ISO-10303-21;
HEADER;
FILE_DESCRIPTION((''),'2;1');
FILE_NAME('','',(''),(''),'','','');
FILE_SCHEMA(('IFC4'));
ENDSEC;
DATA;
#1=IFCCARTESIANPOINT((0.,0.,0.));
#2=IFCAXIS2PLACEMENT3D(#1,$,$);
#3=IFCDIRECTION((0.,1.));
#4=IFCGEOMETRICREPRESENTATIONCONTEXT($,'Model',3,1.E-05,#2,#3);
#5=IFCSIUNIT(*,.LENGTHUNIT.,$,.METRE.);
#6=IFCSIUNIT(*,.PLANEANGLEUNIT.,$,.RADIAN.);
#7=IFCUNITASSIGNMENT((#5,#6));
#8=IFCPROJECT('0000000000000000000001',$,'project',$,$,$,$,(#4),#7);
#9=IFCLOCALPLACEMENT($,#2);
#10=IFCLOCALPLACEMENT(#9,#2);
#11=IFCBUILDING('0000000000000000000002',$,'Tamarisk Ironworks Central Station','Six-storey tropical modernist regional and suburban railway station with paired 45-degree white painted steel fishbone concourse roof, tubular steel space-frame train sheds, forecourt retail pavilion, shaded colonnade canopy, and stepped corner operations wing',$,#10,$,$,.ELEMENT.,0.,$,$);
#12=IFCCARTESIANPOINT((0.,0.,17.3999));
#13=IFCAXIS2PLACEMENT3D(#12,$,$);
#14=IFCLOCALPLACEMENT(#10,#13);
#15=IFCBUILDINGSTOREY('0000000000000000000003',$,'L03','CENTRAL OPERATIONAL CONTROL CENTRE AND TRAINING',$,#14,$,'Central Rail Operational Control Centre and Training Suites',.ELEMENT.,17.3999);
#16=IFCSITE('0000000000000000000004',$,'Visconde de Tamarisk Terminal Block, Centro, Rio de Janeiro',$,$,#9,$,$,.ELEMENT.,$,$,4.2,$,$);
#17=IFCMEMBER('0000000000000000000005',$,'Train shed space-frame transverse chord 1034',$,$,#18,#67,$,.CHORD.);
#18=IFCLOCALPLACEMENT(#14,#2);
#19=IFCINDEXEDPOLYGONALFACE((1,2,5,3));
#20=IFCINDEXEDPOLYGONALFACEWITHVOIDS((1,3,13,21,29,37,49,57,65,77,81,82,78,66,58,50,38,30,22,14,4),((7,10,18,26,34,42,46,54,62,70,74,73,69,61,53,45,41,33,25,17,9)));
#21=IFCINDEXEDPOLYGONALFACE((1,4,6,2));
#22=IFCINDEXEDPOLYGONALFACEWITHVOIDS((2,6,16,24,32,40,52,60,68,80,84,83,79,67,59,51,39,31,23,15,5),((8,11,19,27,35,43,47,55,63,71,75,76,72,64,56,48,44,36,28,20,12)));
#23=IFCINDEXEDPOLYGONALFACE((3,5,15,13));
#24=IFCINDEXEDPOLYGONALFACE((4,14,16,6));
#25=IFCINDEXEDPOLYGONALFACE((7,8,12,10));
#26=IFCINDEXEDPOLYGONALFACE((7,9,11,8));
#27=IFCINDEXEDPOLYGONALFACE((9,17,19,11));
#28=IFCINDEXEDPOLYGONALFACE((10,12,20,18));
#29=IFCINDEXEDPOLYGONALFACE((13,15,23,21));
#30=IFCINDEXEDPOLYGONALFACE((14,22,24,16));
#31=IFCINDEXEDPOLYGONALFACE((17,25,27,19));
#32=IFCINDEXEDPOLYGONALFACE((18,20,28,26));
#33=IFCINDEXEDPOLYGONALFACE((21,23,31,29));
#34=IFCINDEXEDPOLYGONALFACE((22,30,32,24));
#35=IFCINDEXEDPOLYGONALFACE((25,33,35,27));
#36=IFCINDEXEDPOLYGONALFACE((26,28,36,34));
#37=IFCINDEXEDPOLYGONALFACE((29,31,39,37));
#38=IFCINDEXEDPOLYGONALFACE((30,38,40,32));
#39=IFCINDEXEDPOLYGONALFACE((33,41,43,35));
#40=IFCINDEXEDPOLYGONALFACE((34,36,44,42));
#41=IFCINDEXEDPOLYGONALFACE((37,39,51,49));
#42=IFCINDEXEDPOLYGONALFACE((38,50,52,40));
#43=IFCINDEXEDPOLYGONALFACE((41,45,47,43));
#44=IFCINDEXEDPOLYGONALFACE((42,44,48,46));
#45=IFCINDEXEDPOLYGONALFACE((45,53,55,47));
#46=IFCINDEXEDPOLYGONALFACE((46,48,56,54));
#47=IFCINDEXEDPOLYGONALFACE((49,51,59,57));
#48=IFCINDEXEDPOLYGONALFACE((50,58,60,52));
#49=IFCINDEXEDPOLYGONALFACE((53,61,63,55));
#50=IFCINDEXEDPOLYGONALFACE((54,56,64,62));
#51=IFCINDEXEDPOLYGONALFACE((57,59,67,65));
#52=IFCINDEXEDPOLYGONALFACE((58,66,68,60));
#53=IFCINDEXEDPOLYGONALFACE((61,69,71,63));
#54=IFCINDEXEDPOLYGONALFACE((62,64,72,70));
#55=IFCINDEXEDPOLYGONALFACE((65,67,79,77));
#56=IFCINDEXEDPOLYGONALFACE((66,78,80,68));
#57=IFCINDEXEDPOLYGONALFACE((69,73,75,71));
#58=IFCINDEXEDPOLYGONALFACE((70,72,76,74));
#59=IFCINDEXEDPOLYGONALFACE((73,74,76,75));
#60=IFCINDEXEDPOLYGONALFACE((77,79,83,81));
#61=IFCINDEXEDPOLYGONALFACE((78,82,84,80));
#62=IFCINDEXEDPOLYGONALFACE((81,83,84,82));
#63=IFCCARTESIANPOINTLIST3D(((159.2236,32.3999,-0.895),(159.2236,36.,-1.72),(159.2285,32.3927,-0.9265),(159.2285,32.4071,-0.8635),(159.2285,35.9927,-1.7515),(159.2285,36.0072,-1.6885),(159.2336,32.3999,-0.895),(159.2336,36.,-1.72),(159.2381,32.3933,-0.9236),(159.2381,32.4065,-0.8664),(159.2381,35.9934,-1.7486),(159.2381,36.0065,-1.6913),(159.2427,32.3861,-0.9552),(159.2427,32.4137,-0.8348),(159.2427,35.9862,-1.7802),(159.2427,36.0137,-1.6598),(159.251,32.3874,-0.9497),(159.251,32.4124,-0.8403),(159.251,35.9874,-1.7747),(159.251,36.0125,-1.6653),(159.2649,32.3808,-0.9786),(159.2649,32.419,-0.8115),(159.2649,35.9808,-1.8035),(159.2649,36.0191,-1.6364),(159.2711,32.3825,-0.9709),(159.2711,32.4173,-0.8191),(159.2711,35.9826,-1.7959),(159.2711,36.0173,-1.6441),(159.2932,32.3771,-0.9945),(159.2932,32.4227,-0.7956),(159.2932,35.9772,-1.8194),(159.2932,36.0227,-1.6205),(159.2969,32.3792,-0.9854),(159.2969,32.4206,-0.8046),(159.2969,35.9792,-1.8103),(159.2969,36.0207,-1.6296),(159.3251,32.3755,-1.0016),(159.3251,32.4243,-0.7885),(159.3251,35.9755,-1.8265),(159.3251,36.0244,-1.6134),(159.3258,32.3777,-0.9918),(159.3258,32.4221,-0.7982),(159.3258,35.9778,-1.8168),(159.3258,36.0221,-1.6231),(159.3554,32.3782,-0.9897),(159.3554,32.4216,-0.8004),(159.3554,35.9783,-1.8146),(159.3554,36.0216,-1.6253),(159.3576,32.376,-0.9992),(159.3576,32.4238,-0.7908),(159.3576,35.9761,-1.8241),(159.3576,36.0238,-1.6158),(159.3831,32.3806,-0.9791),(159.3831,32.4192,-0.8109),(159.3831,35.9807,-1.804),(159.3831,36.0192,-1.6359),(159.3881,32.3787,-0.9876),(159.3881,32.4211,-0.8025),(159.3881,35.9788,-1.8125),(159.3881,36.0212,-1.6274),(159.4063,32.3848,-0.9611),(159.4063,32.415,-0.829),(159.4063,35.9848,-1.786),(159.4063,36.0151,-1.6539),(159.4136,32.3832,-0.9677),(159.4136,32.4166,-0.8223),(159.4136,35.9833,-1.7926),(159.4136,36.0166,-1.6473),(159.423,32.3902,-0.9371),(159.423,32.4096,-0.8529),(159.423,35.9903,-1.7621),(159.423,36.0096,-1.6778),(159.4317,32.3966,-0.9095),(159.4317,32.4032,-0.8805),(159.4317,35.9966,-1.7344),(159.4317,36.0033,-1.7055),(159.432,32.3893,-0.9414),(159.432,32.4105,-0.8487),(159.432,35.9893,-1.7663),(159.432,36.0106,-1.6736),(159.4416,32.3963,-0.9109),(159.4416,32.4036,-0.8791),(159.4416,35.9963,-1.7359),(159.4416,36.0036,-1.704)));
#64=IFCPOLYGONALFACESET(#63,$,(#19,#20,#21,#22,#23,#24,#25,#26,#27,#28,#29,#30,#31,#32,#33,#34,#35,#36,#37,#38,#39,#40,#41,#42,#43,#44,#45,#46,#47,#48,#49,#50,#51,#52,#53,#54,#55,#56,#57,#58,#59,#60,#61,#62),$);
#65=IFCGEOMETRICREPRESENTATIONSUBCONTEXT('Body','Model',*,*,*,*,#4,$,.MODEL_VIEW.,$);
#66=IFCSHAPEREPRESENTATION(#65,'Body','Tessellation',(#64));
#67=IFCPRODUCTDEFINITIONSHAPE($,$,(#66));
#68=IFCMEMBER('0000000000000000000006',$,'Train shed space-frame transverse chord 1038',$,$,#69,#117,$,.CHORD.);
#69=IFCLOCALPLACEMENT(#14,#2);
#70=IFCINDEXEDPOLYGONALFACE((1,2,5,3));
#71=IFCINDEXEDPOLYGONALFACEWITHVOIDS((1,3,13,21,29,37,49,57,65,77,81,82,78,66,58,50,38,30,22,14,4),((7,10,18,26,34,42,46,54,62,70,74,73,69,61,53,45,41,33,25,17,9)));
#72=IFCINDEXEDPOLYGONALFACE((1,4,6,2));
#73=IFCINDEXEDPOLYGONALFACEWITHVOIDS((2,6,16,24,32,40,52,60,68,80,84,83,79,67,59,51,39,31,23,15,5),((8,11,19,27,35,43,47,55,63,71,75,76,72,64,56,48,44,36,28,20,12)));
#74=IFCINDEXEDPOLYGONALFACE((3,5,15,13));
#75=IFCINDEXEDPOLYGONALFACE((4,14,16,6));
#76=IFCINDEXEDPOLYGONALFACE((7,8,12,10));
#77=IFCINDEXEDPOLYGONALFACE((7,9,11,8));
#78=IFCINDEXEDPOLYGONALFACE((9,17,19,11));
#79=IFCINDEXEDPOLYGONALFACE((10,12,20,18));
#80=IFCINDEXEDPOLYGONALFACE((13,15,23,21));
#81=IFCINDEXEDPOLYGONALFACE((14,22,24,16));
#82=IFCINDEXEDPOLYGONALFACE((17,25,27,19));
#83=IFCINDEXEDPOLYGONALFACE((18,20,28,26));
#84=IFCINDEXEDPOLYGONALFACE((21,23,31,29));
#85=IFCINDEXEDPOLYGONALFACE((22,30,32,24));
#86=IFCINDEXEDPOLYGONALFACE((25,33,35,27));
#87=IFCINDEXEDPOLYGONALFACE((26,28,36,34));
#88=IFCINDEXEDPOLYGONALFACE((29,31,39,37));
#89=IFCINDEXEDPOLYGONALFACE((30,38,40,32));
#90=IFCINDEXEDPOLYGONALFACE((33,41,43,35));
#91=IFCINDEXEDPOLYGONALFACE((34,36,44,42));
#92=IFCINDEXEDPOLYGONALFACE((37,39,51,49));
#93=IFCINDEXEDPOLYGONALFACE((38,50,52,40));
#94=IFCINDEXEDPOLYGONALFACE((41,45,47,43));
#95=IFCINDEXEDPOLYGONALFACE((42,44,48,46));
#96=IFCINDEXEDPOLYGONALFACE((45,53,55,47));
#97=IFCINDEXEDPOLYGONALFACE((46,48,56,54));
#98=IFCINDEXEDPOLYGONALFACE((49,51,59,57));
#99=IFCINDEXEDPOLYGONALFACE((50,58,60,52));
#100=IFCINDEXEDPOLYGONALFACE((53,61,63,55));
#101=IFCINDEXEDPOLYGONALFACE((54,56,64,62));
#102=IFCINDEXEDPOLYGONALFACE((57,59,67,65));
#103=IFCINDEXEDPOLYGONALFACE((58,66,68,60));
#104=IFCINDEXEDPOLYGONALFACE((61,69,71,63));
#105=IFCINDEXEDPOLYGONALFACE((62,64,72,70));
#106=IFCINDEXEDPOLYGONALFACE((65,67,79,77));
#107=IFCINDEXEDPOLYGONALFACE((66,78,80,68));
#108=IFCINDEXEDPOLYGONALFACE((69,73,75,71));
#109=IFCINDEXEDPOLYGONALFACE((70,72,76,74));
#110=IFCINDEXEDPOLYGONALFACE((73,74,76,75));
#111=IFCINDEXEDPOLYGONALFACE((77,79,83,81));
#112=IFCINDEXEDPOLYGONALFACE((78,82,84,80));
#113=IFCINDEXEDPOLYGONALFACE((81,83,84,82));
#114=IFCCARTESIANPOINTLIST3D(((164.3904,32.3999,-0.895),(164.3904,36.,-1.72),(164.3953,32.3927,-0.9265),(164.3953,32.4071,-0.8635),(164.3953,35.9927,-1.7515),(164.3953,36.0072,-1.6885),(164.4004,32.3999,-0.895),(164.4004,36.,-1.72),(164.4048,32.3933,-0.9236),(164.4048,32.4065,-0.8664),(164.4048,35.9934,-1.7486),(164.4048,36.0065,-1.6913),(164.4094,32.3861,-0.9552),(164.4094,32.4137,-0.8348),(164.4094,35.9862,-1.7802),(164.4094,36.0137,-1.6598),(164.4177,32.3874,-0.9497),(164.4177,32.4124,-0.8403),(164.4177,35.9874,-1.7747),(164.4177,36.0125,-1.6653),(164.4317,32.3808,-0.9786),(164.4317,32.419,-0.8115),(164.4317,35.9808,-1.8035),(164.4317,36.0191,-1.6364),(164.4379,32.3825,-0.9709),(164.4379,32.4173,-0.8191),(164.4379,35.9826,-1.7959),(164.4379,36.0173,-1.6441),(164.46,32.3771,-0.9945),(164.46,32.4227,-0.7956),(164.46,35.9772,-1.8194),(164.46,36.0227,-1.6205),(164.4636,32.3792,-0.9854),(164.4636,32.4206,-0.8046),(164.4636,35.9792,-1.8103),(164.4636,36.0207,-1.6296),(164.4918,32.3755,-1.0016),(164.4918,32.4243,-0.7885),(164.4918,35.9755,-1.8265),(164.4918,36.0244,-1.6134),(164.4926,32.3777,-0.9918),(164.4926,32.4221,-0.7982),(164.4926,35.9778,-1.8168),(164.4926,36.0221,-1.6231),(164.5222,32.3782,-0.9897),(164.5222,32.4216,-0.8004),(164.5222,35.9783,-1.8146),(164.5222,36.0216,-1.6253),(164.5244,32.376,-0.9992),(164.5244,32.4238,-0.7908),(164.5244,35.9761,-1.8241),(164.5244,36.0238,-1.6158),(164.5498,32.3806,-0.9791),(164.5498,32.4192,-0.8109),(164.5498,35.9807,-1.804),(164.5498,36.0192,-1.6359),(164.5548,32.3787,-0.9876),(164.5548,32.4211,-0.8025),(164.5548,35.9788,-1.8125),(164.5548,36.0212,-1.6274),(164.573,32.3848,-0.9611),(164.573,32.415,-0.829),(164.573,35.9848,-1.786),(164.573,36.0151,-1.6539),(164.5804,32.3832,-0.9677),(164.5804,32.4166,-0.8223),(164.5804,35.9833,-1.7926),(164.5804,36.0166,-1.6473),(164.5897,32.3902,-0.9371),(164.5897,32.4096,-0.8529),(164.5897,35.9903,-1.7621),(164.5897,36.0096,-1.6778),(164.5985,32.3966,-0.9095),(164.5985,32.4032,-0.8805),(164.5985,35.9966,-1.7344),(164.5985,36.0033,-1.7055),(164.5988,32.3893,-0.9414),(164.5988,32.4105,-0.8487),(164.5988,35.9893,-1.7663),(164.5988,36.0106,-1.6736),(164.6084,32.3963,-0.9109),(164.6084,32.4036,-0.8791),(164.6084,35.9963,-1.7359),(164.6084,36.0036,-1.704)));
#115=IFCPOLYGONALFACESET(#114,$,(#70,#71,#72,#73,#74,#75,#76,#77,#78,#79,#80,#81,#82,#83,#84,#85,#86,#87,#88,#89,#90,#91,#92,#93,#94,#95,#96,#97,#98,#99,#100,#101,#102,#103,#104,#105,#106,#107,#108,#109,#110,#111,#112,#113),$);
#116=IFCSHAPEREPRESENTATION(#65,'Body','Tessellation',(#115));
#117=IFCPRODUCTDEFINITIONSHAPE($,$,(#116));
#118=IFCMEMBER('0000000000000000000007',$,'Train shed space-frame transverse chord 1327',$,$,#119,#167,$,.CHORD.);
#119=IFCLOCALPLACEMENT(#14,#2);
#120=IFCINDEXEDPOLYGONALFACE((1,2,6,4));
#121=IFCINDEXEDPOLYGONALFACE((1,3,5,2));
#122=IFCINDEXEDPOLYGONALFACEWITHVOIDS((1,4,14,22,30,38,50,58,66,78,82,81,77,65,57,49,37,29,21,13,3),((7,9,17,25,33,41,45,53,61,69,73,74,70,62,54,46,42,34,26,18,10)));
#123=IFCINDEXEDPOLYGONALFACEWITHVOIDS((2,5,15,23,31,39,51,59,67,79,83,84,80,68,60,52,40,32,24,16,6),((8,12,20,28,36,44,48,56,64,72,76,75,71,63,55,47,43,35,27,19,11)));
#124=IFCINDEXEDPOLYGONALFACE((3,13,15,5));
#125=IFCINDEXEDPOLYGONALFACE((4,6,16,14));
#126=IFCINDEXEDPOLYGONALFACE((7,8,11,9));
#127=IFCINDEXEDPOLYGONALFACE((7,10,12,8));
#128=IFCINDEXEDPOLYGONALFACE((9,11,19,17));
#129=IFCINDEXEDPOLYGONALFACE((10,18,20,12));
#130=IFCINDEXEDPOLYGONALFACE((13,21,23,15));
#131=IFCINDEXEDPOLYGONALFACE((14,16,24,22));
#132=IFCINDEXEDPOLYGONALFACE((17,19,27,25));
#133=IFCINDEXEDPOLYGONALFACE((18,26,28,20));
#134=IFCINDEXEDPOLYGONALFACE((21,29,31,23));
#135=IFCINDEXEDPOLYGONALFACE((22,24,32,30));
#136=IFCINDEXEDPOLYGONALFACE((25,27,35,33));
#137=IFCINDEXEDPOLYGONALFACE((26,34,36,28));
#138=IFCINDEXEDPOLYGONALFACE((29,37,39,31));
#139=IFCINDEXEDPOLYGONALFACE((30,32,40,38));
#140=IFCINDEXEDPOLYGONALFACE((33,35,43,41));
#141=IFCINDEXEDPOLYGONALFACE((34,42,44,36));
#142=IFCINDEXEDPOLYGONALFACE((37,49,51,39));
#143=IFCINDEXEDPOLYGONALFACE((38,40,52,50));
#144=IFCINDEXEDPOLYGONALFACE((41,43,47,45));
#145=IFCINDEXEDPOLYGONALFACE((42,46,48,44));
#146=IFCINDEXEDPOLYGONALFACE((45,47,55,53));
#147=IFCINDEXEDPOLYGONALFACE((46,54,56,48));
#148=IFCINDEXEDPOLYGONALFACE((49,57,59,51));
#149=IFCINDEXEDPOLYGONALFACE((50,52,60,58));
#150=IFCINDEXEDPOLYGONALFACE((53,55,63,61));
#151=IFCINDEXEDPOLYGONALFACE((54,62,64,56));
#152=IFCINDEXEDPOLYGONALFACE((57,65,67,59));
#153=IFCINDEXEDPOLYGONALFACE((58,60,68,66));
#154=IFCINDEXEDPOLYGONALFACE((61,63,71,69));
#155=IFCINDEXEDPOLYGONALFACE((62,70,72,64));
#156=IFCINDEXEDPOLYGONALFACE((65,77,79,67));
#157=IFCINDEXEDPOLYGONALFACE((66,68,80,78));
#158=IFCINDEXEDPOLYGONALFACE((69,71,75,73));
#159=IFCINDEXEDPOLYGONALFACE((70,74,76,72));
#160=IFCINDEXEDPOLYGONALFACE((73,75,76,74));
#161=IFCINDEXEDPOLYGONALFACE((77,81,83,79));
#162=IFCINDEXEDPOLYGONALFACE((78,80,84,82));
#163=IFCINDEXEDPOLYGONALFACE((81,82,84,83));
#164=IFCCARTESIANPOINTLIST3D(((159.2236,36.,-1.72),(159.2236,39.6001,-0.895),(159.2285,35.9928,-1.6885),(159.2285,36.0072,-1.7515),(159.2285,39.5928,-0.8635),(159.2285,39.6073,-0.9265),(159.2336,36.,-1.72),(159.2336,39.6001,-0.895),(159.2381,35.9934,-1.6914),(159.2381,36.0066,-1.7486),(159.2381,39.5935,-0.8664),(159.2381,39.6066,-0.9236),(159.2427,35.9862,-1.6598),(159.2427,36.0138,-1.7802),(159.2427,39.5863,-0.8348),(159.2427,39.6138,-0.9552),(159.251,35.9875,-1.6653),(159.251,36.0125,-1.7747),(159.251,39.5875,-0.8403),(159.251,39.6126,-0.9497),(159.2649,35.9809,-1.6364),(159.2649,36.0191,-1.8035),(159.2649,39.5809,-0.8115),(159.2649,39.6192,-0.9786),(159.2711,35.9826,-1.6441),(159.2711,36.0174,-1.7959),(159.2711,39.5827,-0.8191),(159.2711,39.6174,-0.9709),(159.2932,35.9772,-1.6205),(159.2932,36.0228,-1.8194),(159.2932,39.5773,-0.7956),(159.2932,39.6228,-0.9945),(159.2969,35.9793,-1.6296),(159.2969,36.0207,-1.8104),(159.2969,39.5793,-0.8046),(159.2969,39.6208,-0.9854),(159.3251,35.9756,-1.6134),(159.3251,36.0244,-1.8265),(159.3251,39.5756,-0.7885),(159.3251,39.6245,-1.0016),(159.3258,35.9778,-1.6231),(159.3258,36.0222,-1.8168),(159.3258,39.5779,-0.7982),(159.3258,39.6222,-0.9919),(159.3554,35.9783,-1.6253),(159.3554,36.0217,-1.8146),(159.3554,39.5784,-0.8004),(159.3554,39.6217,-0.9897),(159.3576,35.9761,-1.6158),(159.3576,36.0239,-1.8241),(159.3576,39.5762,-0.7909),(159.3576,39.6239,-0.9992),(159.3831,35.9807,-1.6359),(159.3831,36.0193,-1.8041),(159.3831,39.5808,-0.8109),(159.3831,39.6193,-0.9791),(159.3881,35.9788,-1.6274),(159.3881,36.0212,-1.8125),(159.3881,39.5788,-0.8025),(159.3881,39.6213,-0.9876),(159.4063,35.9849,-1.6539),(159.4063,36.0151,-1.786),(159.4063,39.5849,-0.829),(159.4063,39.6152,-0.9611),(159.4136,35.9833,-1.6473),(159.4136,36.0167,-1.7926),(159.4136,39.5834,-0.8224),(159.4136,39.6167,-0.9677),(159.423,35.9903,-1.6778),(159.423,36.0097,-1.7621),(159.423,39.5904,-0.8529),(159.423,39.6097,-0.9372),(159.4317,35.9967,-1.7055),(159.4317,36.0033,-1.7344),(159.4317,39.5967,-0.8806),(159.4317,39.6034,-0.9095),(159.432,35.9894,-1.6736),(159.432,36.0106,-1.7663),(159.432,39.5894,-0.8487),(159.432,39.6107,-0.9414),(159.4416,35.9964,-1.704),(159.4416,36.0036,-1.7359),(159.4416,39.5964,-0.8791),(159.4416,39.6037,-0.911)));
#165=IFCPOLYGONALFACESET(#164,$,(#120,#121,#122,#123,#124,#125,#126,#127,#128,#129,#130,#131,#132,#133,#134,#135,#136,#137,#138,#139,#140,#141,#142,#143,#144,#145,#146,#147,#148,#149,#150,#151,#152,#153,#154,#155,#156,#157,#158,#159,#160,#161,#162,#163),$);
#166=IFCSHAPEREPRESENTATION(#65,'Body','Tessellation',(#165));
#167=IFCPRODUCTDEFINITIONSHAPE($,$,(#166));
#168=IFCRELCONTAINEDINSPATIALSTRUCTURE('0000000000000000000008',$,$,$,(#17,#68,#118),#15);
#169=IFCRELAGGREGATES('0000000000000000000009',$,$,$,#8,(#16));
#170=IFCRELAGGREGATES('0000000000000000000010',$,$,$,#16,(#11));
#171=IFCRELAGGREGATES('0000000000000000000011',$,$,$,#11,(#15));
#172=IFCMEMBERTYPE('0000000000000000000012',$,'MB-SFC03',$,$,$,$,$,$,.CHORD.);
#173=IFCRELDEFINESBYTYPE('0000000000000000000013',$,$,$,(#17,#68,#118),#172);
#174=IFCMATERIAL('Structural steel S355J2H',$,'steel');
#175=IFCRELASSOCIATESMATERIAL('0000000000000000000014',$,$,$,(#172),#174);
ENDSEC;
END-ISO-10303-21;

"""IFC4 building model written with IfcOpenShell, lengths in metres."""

from ifc_helpers import new_model, si_unit, direction, frame, origin, origin_2d, place, context, subcontext, project, spatial, hollow_circle, extrude, material, material_profile, profile_set, type_object, element, save


model = new_model("IFC4")

# Units and contexts
model_context = context("Model", 3, precision=1e-05, world=origin(), true_north=direction((0.0, 1.0)))
body_context = subcontext(model_context, "Body", "Model", "MODEL_VIEW")
ifc_project = project(units=[si_unit("LENGTHUNIT", "METRE"), si_unit("PLANEANGLEUNIT", "RADIAN")], contexts=[model_context])

# Site, building, storey
site_placement = place(None, origin())
site = spatial("IfcSite", under=ifc_project, at=site_placement, Name="Visconde de Tamarisk Terminal Block, Centro, Rio de Janeiro", CompositionType="ELEMENT", RefElevation=4.2)
building_placement = place(site_placement, origin())
building = spatial("IfcBuilding", under=site, at=building_placement, Name="Tamarisk Ironworks Central Station", Description="Six-storey tropical modernist regional and suburban railway station with paired 45-degree white painted steel fishbone concourse roof, tubular steel space-frame train sheds, forecourt retail pavilion, shaded colonnade canopy, and stepped corner operations wing", CompositionType="ELEMENT", ElevationOfRefHeight=0.0)
storey_placement = place(building_placement, frame((0.0, 0.0, 17.3999)))
storey = spatial("IfcBuildingStorey", under=building, at=storey_placement, Name="L03", Description="CENTRAL OPERATIONAL CONTROL CENTRE AND TRAINING", LongName="Central Rail Operational Control Centre and Training Suites", CompositionType="ELEMENT", Elevation=17.3999)

# Members
ifc_material_1 = material(Name="Structural steel S355J2H", Category="steel")
ifc_material_profile_1 = material_profile(ifc_material_1, hollow_circle(Radius=0.1096, WallThickness=0.01, at=origin_2d()), Name="CHS 219.1x10")
ifc_profile_set_1 = profile_set([ifc_material_profile_1], Name="Structural steel S355J2H")
member_type_1 = type_object("IfcMemberType", Name="MB-SFC03", PredefinedType="CHORD", material=ifc_profile_set_1)
for number, where, z_axis, x_axis, name in (
    (1, (159.3333, 32.3999, -0.895), (0.0, 0.974737, -0.223358), (-1.0, 0.0, 0.0), "Train shed space-frame transverse chord 1034"),
    (2, (164.5, 32.3999, -0.895), (0.0, 0.974737, -0.223358), (-1.0, 0.0, 0.0), "Train shed space-frame transverse chord 1038"),
    (3, (159.3333, 36.0, -1.72), (0.0, 0.974737, 0.223358), (-1.0, 0.0, 0.0), "Train shed space-frame transverse chord 1327"),
):
    element("IfcMember", number, at=place(storey_placement, frame(where, z_axis=z_axis, x_axis=x_axis)), inside=storey, type_object=member_type_1, Name=name, PredefinedType="CHORD", context=body_context, shape_type="SweptSolid", body=[
        extrude(hollow_circle(Radius=0.1096, WallThickness=0.01, at=origin_2d()), origin(), (0.0, 0.0, 1.0), 3.6934),
    ])

save(model, "model.ifc")
